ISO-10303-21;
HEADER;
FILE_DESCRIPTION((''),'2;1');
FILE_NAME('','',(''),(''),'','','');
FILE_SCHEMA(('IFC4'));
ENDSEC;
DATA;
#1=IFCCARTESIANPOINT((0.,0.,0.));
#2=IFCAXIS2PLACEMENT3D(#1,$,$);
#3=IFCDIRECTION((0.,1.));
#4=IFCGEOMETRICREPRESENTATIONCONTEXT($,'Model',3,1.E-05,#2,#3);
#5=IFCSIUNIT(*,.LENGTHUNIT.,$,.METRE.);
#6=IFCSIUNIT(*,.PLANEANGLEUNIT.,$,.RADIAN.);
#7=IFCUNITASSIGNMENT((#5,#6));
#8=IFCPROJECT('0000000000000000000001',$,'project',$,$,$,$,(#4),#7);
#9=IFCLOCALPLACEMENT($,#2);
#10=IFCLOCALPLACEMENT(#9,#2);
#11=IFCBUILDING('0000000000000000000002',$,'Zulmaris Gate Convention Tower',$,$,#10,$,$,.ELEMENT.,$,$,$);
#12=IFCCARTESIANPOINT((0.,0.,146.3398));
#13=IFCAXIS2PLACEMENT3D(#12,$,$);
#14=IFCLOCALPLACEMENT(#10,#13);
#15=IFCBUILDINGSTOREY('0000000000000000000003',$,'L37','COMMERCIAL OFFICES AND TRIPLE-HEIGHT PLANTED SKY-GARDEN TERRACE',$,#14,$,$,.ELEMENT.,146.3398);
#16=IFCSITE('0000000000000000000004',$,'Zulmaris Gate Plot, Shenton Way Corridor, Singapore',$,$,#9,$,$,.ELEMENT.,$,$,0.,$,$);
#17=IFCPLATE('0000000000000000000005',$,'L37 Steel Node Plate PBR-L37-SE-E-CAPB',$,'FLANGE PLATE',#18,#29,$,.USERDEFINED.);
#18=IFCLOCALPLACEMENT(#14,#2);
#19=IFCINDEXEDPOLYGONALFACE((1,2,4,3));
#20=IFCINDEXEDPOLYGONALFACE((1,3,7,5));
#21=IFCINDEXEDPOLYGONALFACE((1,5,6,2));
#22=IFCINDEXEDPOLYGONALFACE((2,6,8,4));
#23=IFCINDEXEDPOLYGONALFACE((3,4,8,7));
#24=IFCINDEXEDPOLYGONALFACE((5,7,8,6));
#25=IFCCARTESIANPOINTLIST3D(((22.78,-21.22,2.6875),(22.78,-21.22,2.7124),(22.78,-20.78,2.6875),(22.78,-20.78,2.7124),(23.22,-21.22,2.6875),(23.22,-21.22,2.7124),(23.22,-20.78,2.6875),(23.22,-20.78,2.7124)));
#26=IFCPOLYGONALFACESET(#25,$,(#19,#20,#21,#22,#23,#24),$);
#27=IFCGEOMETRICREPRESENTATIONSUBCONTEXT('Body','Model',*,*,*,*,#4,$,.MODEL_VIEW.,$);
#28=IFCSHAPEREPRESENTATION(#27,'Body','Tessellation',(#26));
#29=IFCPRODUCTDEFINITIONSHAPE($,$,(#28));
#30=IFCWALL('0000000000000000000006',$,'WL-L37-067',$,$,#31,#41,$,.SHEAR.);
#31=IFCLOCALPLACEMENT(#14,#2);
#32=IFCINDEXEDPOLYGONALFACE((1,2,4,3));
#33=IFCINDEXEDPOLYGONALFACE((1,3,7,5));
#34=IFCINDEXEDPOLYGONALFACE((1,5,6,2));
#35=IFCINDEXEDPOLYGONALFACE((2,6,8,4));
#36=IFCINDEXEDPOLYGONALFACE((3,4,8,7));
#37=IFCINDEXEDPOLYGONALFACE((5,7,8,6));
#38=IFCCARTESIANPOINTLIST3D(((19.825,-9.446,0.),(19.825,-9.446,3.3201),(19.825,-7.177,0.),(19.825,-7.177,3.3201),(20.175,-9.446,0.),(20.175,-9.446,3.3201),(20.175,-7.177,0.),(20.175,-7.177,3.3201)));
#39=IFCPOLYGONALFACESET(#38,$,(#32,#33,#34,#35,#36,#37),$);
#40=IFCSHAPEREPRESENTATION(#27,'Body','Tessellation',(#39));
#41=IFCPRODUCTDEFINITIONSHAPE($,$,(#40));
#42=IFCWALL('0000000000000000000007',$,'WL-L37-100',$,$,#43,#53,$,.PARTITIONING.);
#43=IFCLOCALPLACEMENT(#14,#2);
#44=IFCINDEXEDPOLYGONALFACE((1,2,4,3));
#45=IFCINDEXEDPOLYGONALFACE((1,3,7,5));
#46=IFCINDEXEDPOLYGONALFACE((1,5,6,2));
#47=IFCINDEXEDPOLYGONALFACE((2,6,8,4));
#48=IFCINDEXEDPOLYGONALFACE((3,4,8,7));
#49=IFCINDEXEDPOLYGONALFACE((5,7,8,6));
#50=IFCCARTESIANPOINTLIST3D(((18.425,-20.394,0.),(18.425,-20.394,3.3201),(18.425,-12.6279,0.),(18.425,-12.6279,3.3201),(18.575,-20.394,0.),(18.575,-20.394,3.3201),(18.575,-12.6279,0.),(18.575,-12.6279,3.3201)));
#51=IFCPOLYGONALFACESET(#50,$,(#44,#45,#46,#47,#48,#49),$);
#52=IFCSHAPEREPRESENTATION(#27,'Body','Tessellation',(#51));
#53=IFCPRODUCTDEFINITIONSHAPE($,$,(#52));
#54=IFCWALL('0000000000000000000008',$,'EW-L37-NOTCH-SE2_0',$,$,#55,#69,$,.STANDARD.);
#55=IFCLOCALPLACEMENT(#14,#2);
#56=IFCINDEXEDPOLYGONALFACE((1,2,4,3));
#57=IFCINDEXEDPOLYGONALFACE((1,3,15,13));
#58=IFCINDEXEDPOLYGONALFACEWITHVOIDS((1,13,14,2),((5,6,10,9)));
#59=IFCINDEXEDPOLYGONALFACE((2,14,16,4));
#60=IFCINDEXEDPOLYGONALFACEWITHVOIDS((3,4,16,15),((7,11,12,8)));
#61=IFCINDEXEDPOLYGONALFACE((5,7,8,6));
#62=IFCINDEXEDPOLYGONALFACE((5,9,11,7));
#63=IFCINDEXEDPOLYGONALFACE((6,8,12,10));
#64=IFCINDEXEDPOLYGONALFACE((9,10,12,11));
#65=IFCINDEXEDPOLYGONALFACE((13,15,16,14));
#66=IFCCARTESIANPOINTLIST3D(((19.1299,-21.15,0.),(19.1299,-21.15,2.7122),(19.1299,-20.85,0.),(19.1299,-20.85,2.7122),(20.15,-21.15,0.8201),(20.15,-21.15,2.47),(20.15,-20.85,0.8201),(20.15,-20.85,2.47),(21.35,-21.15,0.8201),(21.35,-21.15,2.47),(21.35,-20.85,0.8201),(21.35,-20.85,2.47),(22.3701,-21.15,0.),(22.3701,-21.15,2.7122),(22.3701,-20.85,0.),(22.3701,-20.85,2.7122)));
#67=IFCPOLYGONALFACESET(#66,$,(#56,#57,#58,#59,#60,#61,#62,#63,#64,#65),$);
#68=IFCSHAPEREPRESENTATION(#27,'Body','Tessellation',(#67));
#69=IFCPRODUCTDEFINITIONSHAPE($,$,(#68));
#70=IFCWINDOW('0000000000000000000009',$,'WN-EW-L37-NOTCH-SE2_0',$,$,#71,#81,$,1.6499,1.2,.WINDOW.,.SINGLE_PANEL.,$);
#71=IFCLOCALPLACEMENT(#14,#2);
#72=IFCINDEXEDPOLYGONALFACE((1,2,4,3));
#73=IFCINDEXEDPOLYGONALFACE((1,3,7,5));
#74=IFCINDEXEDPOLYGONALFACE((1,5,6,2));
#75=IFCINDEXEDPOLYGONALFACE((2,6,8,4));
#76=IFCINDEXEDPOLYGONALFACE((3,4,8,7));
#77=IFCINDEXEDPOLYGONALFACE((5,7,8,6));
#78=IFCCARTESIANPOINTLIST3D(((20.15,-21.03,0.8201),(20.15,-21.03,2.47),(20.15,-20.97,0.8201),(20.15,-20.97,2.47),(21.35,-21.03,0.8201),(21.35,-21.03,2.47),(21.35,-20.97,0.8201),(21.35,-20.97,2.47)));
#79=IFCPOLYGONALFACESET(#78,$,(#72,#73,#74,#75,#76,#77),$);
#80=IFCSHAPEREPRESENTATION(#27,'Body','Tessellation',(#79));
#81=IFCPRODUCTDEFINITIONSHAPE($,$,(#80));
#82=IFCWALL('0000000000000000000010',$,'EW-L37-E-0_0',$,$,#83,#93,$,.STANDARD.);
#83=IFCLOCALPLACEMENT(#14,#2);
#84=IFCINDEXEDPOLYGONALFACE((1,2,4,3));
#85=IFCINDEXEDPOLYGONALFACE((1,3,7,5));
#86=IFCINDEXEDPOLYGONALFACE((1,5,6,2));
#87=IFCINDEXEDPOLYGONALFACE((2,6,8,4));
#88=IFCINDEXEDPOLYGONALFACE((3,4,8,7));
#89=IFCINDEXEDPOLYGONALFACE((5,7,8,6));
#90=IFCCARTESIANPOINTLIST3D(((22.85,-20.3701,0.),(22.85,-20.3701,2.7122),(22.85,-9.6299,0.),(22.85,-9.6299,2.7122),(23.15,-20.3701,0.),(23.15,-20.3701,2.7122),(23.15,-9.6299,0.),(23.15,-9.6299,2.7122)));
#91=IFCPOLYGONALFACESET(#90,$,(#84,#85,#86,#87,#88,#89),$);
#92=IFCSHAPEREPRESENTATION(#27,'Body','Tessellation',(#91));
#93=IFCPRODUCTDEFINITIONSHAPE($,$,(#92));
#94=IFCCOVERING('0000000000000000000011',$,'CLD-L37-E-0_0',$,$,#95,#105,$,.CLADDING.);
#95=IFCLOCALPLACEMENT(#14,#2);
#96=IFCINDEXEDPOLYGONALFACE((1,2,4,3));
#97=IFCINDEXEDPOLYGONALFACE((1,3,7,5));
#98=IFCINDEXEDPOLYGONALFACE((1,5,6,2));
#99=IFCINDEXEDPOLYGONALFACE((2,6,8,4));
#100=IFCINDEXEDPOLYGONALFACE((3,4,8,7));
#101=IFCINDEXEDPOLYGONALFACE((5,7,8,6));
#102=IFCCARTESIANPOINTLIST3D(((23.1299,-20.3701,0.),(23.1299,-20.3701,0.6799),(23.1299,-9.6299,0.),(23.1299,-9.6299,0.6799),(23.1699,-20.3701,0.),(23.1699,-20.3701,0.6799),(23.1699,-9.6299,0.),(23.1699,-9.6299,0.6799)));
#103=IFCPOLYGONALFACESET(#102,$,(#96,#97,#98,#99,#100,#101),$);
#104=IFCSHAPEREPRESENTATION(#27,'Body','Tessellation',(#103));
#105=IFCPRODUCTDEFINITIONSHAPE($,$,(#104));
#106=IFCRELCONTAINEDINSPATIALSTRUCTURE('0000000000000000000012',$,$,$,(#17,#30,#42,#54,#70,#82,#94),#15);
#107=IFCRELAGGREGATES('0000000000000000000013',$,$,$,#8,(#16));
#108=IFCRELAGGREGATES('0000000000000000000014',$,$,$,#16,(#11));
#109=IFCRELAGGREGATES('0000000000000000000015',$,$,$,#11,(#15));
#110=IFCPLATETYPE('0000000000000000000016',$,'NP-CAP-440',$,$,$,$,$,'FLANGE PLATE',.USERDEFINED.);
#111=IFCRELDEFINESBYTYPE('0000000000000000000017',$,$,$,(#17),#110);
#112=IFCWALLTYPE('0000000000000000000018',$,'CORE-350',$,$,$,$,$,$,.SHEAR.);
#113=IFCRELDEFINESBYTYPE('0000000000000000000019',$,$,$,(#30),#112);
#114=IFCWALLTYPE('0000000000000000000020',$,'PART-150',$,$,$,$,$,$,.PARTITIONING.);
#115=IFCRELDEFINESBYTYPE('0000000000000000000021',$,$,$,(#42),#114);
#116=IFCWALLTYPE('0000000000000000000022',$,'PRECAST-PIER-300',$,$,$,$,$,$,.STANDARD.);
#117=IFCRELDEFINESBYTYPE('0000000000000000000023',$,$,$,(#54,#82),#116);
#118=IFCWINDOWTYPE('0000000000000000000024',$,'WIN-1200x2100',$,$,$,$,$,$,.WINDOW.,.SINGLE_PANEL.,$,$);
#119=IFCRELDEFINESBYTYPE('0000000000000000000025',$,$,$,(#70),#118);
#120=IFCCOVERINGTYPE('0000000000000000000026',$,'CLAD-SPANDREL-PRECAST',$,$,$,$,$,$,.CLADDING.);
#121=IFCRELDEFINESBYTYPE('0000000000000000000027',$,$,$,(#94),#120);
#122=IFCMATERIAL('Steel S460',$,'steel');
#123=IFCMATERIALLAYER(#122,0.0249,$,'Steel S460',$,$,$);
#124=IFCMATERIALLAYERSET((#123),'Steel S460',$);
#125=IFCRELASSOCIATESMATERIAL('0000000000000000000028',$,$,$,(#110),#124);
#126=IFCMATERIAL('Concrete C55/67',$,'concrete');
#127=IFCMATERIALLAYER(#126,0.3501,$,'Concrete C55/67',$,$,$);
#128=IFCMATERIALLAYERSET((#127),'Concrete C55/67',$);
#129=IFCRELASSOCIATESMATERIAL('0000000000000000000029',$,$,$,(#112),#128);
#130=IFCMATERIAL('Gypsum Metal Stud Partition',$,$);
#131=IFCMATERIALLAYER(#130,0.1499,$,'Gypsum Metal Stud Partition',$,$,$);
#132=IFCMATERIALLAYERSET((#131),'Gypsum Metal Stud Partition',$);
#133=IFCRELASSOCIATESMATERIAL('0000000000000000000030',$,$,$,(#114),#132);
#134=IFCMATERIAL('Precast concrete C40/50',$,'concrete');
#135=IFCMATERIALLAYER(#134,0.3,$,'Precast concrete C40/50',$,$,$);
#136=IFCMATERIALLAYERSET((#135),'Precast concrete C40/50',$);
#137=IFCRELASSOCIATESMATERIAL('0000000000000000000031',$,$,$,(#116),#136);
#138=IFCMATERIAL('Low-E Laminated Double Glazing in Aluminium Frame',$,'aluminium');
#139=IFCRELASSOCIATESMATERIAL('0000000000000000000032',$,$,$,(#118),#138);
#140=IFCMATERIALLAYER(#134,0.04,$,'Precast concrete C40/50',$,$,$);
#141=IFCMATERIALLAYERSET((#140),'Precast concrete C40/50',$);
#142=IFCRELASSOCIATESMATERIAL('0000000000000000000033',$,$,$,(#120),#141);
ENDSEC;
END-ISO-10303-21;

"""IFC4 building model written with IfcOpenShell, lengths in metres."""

from ifc_helpers import new_model, si_unit, direction, frame, frame_2d, origin, origin_2d, place, context, subcontext, project, spatial, rectangle, extrude, material, layer, layer_set, type_object, element, fill, save


model = new_model("IFC4")

# Units and contexts
model_context = context("Model", 3, precision=1e-05, world=origin(), true_north=direction((0.0, 1.0)))
body_context = subcontext(model_context, "Body", "Model", "MODEL_VIEW")
ifc_project = project(units=[si_unit("LENGTHUNIT", "METRE"), si_unit("PLANEANGLEUNIT", "RADIAN")], contexts=[model_context])

# Site, building, storey
site_placement = place(None, origin())
site = spatial("IfcSite", under=ifc_project, at=site_placement, Name="Zulmaris Gate Plot, Shenton Way Corridor, Singapore", CompositionType="ELEMENT", RefElevation=0.0)
building_placement = place(site_placement, origin())
building = spatial("IfcBuilding", under=site, at=building_placement, Name="Zulmaris Gate Convention Tower", CompositionType="ELEMENT")
storey_placement = place(building_placement, frame((0.0, 0.0, 146.3398)))
storey = spatial("IfcBuildingStorey", under=building, at=storey_placement, Name="L37", Description="COMMERCIAL OFFICES AND TRIPLE-HEIGHT PLANTED SKY-GARDEN TERRACE", CompositionType="ELEMENT", Elevation=146.3398)

# Plate
ifc_material_1 = material(Name="Steel S460", Category="steel")
ifc_layer_1 = layer(ifc_material_1, 0.0249, Name="Steel S460")
ifc_layer_set_1 = layer_set([ifc_layer_1], Name="Steel S460")
plate_type = type_object("IfcPlateType", Name="NP-CAP-440", ElementType="FLANGE PLATE", PredefinedType="USERDEFINED", material=ifc_layer_set_1)
plate_placement = place(storey_placement, frame((23.0, -21.0, 2.6875), z_axis=(0.0, 0.0, 1.0), x_axis=(1.0, 0.0, 0.0)))
element("IfcPlate", 1, at=plate_placement, inside=storey, type_object=plate_type, Name="L37 Steel Node Plate PBR-L37-SE-E-CAPB", ObjectType="FLANGE PLATE", PredefinedType="USERDEFINED", context=body_context, shape_type="SweptSolid", body=[
    extrude(rectangle(XDim=0.4399, YDim=0.4399, at=origin_2d()), origin(), (0.0, 0.0, 1.0), 0.0249),
])

# Wall
ifc_material_2 = material(Name="Concrete C55/67", Category="concrete")
ifc_layer_2 = layer(ifc_material_2, 0.3501, Name="Concrete C55/67")
ifc_layer_set_2 = layer_set([ifc_layer_2], Name="Concrete C55/67")
wall_type_1 = type_object("IfcWallType", Name="CORE-350", PredefinedType="SHEAR", material=ifc_layer_set_2)
wall_1_placement = place(storey_placement, frame((20.0, -9.446, 0.0), z_axis=(0.0, 0.0, 1.0), x_axis=(0.0, 1.0, 0.0)))
element("IfcWall", 2, at=wall_1_placement, inside=storey, type_object=wall_type_1, Name="WL-L37-067", PredefinedType="SHEAR", context=body_context, shape_type="SweptSolid", body=[
    extrude(rectangle(XDim=2.269, YDim=0.3501, at=frame_2d((1.1345, 0.0))), origin(), (0.0, 0.0, 1.0), 3.3201),
])

# Shared definitions
ifc_material_3 = material(Name="Gypsum Metal Stud Partition")
ifc_layer_3 = layer(ifc_material_3, 0.1499, Name="Gypsum Metal Stud Partition")
ifc_layer_set_3 = layer_set([ifc_layer_3], Name="Gypsum Metal Stud Partition")
wall_type_2 = type_object("IfcWallType", Name="PART-150", PredefinedType="PARTITIONING", material=ifc_layer_set_3)

# Wall
wall_2_placement = place(storey_placement, frame((18.5, -20.394, 0.0), z_axis=(0.0, 0.0, 1.0), x_axis=(0.0, 1.0, 0.0)))
element("IfcWall", 3, at=wall_2_placement, inside=storey, type_object=wall_type_2, Name="WL-L37-100", PredefinedType="PARTITIONING", context=body_context, shape_type="SweptSolid", body=[
    extrude(rectangle(XDim=7.7661, YDim=0.1499, at=frame_2d((3.8831, 0.0))), origin(), (0.0, 0.0, 1.0), 3.3201),
])

# Wall, opening, window
ifc_material_4 = material(Name="Precast concrete C40/50", Category="concrete")
ifc_layer_4 = layer(ifc_material_4, 0.3, Name="Precast concrete C40/50")
ifc_layer_set_4 = layer_set([ifc_layer_4], Name="Precast concrete C40/50")
wall_type_3 = type_object("IfcWallType", Name="PRECAST-PIER-300", PredefinedType="STANDARD", material=ifc_layer_set_4)
wall_3_placement = place(storey_placement, frame((19.1299, -21.0, 0.0), z_axis=(0.0, 0.0, 1.0), x_axis=(1.0, 0.0, 0.0)))
wall_3 = element("IfcWall", 4, at=wall_3_placement, inside=storey, type_object=wall_type_3, Name="EW-L37-NOTCH-SE2_0", PredefinedType="STANDARD", context=body_context, shape_type="SweptSolid", body=[
    extrude(rectangle(XDim=3.2402, YDim=0.3, at=frame_2d((1.6201, 0.0))), origin(), (0.0, 0.0, 1.0), 2.7122),
])
opening_1_placement = place(wall_3_placement, frame((1.02, 0.0, 0.8201)))
opening_1 = element("IfcOpeningElement", 5, at=opening_1_placement, cuts=wall_3, PredefinedType="OPENING", context=body_context, shape_type="SweptSolid", body=[
    extrude(rectangle(XDim=1.2, YDim=1.6499, at=frame_2d((0.6001, 0.825))), frame((0.0, 0.1602, 0.0), z_axis=(0.0, -1.0, 0.0), x_axis=(1.0, 0.0, 0.0)), (0.0, 0.0, 1.0), 0.3201),
])
ifc_material_5 = material(Name="Low-E Laminated Double Glazing in Aluminium Frame", Category="aluminium")
window_type = type_object("IfcWindowType", Name="WIN-1200x2100", PartitioningType="SINGLE_PANEL", PredefinedType="WINDOW", material=ifc_material_5)
window_placement = place(opening_1_placement, origin())
window = element("IfcWindow", 6, at=window_placement, inside=storey, type_object=window_type, Name="WN-EW-L37-NOTCH-SE2_0", OverallHeight=1.6499, OverallWidth=1.2, PartitioningType="SINGLE_PANEL", PredefinedType="WINDOW", context=body_context, shape_type="SweptSolid", body=[
    extrude(rectangle(XDim=1.2, YDim=1.6499, at=frame_2d((0.6001, 0.825))), frame((0.0, 0.03, 0.0), z_axis=(0.0, -1.0, 0.0), x_axis=(1.0, 0.0, 0.0)), (0.0, 0.0, 1.0), 0.0601),
])
fill(opening_1, window)

# Wall
wall_4_placement = place(storey_placement, frame((23.0, -20.3701, 0.0), z_axis=(0.0, 0.0, 1.0), x_axis=(0.0, 1.0, 0.0)))
element("IfcWall", 7, at=wall_4_placement, inside=storey, type_object=wall_type_3, Name="EW-L37-E-0_0", PredefinedType="STANDARD", context=body_context, shape_type="SweptSolid", body=[
    extrude(rectangle(XDim=10.7402, YDim=0.3, at=frame_2d((5.3701, 0.0))), origin(), (0.0, 0.0, 1.0), 2.7122),
])

# Covering
ifc_layer_5 = layer(ifc_material_4, 0.04, Name="Precast concrete C40/50")
ifc_layer_set_5 = layer_set([ifc_layer_5], Name="Precast concrete C40/50")
covering_type = type_object("IfcCoveringType", Name="CLAD-SPANDREL-PRECAST", PredefinedType="CLADDING", material=ifc_layer_set_5)
covering_placement = place(storey_placement, frame((23.1499, -20.3701, 0.0), z_axis=(0.0, 0.0, 1.0), x_axis=(0.0, 1.0, 0.0)))
element("IfcCovering", 8, at=covering_placement, inside=storey, type_object=covering_type, Name="CLD-L37-E-0_0", PredefinedType="CLADDING", context=body_context, shape_type="SweptSolid", body=[
    extrude(rectangle(XDim=10.7402, YDim=0.04, at=frame_2d((5.3701, 0.0))), origin(), (0.0, 0.0, 1.0), 0.6799),
])

save(model, "model.ifc")
